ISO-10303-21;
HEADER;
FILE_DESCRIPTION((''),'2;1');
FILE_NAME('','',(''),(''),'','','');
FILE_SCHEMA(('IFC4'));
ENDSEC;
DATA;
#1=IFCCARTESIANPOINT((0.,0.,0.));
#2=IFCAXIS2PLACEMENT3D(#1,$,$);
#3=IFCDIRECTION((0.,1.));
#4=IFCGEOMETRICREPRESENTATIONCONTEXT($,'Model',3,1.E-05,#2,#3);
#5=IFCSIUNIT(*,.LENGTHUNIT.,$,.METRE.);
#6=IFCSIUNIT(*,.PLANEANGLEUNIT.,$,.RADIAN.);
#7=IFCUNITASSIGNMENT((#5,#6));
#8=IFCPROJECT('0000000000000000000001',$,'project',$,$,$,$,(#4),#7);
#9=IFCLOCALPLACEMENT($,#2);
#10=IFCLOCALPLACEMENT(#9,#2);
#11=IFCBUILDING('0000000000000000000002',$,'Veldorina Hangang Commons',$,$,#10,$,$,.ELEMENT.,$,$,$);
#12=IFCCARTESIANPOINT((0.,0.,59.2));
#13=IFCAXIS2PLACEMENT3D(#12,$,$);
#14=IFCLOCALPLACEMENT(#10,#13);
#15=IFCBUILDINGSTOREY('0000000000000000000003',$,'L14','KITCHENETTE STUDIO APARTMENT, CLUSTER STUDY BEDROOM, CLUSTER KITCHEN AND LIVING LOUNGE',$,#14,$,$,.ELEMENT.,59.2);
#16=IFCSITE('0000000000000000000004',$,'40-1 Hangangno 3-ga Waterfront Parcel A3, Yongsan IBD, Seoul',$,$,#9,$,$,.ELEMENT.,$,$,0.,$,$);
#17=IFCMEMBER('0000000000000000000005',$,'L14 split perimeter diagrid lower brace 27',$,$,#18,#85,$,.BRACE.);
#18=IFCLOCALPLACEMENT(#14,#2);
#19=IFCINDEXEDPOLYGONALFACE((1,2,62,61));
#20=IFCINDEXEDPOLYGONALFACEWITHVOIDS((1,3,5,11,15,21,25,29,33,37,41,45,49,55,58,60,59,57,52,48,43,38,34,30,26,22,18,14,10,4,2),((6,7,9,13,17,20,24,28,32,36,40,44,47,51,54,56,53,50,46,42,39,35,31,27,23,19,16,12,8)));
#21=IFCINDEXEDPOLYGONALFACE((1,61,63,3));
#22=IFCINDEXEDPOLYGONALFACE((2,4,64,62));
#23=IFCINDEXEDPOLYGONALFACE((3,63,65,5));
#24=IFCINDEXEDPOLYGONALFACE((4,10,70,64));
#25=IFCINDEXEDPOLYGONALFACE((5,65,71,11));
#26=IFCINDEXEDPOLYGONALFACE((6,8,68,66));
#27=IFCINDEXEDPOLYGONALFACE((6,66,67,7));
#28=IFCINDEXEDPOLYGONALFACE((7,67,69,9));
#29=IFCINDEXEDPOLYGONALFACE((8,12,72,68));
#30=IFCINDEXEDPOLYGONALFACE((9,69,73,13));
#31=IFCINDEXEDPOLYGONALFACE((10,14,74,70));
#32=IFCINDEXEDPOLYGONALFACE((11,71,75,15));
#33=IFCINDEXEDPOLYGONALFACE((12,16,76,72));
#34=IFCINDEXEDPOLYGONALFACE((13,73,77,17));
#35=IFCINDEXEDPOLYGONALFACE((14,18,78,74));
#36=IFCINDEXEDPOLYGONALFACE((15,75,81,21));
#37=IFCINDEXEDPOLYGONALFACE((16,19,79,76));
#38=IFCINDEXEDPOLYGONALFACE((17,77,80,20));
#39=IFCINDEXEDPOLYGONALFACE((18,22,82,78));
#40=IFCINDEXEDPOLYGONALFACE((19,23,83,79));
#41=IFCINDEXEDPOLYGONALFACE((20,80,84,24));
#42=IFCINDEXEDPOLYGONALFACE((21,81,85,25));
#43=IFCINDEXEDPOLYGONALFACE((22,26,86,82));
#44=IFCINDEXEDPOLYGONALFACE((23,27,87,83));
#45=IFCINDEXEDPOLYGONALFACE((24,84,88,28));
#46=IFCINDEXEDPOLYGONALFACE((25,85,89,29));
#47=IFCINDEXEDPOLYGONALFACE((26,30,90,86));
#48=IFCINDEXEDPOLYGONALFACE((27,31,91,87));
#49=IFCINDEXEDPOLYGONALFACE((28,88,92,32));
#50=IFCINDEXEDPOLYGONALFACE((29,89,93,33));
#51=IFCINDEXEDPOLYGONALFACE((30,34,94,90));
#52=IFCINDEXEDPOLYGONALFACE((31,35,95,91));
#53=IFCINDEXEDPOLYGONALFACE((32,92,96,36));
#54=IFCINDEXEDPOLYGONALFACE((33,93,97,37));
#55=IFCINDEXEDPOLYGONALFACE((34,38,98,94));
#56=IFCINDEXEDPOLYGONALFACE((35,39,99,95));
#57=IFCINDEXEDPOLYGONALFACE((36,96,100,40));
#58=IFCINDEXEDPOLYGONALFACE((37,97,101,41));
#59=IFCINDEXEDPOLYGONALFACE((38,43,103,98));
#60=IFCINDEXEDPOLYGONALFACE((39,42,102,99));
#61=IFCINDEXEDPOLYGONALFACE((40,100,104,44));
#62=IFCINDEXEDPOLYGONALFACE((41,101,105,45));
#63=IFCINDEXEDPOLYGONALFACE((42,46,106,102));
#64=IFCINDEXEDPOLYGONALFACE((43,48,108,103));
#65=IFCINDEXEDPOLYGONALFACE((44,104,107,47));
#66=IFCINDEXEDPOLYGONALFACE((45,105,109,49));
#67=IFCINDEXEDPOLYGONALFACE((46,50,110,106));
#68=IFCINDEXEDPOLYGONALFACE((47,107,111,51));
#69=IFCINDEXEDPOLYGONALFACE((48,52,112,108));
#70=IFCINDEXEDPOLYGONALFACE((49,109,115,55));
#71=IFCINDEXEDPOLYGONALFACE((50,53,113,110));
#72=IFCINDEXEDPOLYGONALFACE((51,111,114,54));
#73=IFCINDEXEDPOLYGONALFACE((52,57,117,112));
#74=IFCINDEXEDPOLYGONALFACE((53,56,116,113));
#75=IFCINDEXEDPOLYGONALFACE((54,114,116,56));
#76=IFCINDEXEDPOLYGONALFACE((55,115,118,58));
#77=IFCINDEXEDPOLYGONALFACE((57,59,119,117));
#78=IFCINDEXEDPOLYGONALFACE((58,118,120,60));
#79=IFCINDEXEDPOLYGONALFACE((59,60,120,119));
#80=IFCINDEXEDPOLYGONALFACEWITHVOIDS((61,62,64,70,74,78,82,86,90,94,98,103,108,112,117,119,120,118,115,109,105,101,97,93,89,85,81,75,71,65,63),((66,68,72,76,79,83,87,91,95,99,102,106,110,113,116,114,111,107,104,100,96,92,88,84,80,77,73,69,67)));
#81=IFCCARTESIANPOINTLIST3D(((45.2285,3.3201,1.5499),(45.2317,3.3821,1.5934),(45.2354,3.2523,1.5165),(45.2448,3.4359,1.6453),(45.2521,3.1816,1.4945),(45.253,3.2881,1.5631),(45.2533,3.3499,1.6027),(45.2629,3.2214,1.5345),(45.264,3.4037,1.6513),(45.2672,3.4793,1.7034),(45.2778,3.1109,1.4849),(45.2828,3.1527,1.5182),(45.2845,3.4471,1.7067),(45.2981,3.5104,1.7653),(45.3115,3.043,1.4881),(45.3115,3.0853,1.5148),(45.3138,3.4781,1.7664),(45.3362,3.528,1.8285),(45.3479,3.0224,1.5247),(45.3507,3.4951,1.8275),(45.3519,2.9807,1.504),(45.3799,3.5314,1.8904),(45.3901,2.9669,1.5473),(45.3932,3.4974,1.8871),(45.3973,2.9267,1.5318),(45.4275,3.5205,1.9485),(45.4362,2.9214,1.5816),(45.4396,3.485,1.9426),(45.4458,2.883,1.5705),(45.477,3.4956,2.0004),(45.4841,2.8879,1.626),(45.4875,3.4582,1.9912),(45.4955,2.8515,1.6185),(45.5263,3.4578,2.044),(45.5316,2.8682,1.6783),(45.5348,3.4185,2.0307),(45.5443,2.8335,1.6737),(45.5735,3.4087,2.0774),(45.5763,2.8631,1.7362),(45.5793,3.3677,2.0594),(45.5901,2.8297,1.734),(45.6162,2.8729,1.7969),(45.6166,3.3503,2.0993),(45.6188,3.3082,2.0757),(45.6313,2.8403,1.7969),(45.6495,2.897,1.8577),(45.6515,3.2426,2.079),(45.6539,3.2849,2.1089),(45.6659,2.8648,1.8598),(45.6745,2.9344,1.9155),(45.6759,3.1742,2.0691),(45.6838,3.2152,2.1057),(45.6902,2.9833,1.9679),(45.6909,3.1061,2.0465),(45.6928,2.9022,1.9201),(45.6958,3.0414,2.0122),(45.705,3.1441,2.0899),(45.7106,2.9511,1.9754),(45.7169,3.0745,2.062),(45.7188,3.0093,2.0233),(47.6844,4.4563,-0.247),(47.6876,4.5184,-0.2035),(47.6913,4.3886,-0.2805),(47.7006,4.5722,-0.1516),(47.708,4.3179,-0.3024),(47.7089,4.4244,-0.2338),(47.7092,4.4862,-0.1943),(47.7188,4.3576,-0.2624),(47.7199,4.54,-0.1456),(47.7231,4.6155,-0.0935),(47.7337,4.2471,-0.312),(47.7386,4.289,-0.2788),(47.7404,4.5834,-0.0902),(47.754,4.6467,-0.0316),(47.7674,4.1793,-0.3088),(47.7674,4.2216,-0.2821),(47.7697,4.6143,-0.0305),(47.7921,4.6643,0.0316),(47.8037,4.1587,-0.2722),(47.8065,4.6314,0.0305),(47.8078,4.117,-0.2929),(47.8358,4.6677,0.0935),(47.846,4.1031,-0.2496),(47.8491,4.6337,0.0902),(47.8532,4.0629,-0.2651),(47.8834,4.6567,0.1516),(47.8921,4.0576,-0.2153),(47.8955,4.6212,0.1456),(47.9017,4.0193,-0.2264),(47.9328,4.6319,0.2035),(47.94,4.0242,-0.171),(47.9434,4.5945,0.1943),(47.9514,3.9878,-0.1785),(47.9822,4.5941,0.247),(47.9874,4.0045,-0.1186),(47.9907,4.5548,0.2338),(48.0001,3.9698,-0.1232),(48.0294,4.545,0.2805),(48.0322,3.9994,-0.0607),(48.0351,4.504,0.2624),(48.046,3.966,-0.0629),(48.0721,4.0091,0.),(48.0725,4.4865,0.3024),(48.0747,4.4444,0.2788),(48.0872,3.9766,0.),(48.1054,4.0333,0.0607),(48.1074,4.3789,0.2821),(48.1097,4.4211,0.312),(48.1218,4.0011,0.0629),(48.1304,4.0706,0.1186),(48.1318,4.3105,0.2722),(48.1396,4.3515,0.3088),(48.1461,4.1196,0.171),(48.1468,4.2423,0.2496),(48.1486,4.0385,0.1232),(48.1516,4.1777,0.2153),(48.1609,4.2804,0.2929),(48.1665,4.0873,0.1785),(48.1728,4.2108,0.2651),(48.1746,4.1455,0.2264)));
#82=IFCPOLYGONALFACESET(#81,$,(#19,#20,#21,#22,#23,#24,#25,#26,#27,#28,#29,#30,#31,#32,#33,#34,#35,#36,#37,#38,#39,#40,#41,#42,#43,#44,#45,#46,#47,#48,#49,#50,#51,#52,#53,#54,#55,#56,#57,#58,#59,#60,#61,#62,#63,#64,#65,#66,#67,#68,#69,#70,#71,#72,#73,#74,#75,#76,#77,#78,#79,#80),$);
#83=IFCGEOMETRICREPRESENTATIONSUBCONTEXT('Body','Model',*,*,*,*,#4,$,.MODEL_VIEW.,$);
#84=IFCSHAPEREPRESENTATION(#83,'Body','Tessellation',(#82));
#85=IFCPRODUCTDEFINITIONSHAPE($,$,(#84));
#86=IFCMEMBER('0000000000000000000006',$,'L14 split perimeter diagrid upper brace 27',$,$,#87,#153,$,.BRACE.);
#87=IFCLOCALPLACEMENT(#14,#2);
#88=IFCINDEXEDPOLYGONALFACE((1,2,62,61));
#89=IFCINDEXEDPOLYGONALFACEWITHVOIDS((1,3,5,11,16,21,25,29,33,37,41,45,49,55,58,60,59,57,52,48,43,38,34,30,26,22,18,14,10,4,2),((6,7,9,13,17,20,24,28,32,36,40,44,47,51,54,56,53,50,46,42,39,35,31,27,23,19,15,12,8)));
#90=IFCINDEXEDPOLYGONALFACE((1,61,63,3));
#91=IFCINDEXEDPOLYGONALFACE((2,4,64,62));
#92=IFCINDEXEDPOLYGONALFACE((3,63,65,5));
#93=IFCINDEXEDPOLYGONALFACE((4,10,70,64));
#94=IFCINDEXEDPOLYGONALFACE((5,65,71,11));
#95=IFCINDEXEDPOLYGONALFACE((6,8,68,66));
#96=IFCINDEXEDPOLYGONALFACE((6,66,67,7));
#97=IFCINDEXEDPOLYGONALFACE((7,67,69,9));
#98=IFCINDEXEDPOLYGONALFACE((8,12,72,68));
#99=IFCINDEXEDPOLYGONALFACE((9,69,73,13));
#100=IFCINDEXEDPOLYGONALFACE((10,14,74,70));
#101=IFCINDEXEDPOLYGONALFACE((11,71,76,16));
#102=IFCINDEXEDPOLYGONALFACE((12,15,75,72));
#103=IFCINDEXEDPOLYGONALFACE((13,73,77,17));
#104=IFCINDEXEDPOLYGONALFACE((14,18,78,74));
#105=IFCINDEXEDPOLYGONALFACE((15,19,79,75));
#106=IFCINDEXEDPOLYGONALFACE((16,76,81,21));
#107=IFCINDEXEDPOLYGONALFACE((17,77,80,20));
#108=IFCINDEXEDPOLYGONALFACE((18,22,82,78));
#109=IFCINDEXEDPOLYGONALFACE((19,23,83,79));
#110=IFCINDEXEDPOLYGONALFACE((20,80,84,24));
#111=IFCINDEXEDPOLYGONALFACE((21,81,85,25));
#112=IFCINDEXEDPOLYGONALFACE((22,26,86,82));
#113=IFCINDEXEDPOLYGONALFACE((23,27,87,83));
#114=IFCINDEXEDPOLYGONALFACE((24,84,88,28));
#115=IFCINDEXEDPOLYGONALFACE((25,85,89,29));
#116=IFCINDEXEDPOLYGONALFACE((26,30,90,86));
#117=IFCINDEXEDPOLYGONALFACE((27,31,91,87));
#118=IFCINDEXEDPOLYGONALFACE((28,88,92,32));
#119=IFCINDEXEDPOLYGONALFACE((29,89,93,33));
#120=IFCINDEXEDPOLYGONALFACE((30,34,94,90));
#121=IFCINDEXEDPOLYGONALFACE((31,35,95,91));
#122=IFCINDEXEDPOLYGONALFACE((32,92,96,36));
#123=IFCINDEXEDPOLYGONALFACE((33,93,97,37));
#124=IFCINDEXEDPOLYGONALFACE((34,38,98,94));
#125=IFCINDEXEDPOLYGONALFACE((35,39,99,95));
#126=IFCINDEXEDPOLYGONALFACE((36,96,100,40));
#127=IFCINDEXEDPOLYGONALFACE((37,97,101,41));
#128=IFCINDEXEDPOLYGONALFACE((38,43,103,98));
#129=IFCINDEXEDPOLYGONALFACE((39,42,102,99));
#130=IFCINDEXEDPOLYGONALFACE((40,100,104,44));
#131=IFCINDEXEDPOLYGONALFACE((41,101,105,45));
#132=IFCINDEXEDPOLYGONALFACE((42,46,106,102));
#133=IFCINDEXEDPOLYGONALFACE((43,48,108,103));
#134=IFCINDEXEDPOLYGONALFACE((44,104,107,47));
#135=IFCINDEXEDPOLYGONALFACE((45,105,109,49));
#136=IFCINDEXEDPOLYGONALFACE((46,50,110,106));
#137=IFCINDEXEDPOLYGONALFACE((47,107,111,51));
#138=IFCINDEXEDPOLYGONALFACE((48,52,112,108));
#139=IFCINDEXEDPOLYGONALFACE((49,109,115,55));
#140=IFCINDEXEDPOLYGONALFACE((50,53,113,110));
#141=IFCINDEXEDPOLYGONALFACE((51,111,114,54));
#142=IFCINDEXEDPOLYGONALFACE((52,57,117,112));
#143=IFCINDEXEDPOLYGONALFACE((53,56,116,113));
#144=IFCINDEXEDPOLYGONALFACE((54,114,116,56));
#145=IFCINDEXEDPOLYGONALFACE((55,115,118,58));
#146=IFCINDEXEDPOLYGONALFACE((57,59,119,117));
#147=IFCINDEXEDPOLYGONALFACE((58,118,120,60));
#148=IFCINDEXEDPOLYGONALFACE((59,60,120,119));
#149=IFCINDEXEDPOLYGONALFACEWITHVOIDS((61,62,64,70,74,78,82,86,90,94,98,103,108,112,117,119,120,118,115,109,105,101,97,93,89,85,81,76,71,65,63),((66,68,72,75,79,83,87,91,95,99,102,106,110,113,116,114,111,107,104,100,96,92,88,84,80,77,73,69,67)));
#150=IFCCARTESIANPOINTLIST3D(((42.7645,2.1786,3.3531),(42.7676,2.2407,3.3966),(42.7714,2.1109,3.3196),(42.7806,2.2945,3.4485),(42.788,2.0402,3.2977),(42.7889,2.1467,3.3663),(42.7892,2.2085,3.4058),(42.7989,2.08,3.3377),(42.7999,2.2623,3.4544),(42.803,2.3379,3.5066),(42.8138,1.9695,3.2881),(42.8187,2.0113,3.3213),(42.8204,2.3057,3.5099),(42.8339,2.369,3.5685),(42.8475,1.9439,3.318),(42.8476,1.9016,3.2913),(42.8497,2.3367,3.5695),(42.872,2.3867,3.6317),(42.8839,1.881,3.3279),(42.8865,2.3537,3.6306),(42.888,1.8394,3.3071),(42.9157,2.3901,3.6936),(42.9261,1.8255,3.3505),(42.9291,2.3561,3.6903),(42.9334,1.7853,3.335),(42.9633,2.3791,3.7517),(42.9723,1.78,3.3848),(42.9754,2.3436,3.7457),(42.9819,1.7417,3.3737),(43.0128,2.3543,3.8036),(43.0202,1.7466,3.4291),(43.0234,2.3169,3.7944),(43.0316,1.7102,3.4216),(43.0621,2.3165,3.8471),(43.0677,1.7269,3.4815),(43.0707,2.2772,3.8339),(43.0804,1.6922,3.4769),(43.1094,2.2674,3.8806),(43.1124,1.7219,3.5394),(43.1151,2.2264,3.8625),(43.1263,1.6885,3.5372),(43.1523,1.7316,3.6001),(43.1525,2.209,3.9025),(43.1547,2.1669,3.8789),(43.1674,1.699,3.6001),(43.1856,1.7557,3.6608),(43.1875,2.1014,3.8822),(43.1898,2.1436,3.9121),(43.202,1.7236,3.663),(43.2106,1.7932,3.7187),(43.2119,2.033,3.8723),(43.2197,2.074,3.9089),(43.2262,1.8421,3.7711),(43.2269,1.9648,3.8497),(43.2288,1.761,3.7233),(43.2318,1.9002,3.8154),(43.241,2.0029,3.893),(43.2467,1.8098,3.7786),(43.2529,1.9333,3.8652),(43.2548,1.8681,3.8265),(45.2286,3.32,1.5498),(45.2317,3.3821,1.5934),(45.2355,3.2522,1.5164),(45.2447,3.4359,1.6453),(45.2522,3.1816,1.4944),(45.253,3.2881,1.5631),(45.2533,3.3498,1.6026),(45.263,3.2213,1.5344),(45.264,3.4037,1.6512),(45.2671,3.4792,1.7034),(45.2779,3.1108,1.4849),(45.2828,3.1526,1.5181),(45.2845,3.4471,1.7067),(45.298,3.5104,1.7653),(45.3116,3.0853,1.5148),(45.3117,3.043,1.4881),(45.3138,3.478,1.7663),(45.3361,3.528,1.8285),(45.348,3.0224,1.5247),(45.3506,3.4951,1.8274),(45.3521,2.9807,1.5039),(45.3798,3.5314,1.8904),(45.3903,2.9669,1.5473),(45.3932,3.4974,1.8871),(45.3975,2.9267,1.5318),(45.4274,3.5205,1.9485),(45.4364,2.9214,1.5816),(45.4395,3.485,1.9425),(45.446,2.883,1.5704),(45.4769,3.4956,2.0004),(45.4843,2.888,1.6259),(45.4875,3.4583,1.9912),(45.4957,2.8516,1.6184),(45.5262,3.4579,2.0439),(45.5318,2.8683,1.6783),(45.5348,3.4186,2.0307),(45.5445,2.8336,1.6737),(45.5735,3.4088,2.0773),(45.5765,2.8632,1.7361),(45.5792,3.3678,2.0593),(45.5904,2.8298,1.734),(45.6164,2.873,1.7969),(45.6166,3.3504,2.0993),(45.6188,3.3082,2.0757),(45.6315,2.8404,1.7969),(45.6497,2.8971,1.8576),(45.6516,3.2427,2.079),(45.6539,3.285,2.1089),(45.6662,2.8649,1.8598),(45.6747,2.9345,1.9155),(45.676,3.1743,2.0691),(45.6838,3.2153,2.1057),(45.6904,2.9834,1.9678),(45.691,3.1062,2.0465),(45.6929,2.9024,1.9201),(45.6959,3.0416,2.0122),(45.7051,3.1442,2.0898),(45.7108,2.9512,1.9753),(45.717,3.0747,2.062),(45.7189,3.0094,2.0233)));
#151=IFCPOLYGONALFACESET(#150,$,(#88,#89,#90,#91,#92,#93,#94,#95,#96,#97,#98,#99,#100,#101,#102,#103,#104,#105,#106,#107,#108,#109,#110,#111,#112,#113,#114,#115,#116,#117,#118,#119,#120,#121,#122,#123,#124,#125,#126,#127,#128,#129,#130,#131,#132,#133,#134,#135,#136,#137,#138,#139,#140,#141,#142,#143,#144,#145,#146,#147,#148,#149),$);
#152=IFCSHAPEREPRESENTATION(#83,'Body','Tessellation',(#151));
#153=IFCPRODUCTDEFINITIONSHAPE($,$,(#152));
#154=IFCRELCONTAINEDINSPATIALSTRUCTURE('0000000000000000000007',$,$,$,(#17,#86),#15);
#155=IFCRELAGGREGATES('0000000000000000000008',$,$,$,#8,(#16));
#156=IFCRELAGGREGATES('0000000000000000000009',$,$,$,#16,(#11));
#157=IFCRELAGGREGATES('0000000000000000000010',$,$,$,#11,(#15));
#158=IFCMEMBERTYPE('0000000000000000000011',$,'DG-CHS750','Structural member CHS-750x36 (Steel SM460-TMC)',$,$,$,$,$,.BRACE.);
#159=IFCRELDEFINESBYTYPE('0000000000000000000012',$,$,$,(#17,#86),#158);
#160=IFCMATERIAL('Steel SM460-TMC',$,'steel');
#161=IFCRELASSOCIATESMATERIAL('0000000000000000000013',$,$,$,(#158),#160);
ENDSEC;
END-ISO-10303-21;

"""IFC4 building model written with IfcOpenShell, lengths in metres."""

from ifc_helpers import new_model, si_unit, direction, frame, origin, origin_2d, place, context, subcontext, project, spatial, hollow_circle, extrude, material, material_profile, profile_set, type_object, element, save


model = new_model("IFC4")

# Units and contexts
model_context = context("Model", 3, precision=1e-05, world=origin(), true_north=direction((0.0, 1.0)))
body_context = subcontext(model_context, "Body", "Model", "MODEL_VIEW")
ifc_project = project(units=[si_unit("LENGTHUNIT", "METRE"), si_unit("PLANEANGLEUNIT", "RADIAN")], contexts=[model_context])

# Site, building, storey
site_placement = place(None, origin())
site = spatial("IfcSite", under=ifc_project, at=site_placement, Name="40-1 Hangangno 3-ga Waterfront Parcel A3, Yongsan IBD, Seoul", CompositionType="ELEMENT", RefElevation=0.0)
building_placement = place(site_placement, origin())
building = spatial("IfcBuilding", under=site, at=building_placement, Name="Veldorina Hangang Commons", CompositionType="ELEMENT")
storey_placement = place(building_placement, frame((0.0, 0.0, 59.2)))
storey = spatial("IfcBuildingStorey", under=building, at=storey_placement, Name="L14", Description="KITCHENETTE STUDIO APARTMENT, CLUSTER STUDY BEDROOM, CLUSTER KITCHEN AND LIVING LOUNGE", CompositionType="ELEMENT", Elevation=59.2)

# Shared definitions
ifc_material_1 = material(Name="Steel SM460-TMC", Category="steel")

# Members
ifc_material_profile_1 = material_profile(ifc_material_1, hollow_circle(Radius=0.375, WallThickness=0.0359, at=origin_2d()), Name="CHS-750x36")
ifc_profile_set_1 = profile_set([ifc_material_profile_1], Name="Steel SM460-TMC")
member_type_1 = type_object("IfcMemberType", Name="DG-CHS750", Description="Structural member CHS-750x36 (Steel SM460-TMC)", PredefinedType="BRACE", material=ifc_profile_set_1)
member_1_placement = place(storey_placement, frame((47.9297, 4.3169, 0.0), z_axis=(-0.756053, -0.349803, 0.553191), x_axis=(0.419905, -0.907568, 0.0)))
element("IfcMember", 1, at=member_1_placement, inside=storey, type_object=member_type_1, Name="L14 split perimeter diagrid lower brace 27", PredefinedType="BRACE", context=body_context, shape_type="SweptSolid", body=[
    extrude(hollow_circle(Radius=0.375, WallThickness=0.0359, at=origin_2d()), origin(), (0.0, 0.0, 1.0), 3.2483),
])
member_2_placement = place(storey_placement, frame((45.4739, 3.1807, 1.7969), z_axis=(-0.755914, -0.350133, 0.553173), x_axis=(0.420295, -0.907388, 0.0)))
element("IfcMember", 2, at=member_2_placement, inside=storey, type_object=member_type_1, Name="L14 split perimeter diagrid upper brace 27", PredefinedType="BRACE", context=body_context, shape_type="SweptSolid", body=[
    extrude(hollow_circle(Radius=0.375, WallThickness=0.0359, at=origin_2d()), origin(), (0.0, 0.0, 1.0), 3.2598),
])

save(model, "model.ifc")
